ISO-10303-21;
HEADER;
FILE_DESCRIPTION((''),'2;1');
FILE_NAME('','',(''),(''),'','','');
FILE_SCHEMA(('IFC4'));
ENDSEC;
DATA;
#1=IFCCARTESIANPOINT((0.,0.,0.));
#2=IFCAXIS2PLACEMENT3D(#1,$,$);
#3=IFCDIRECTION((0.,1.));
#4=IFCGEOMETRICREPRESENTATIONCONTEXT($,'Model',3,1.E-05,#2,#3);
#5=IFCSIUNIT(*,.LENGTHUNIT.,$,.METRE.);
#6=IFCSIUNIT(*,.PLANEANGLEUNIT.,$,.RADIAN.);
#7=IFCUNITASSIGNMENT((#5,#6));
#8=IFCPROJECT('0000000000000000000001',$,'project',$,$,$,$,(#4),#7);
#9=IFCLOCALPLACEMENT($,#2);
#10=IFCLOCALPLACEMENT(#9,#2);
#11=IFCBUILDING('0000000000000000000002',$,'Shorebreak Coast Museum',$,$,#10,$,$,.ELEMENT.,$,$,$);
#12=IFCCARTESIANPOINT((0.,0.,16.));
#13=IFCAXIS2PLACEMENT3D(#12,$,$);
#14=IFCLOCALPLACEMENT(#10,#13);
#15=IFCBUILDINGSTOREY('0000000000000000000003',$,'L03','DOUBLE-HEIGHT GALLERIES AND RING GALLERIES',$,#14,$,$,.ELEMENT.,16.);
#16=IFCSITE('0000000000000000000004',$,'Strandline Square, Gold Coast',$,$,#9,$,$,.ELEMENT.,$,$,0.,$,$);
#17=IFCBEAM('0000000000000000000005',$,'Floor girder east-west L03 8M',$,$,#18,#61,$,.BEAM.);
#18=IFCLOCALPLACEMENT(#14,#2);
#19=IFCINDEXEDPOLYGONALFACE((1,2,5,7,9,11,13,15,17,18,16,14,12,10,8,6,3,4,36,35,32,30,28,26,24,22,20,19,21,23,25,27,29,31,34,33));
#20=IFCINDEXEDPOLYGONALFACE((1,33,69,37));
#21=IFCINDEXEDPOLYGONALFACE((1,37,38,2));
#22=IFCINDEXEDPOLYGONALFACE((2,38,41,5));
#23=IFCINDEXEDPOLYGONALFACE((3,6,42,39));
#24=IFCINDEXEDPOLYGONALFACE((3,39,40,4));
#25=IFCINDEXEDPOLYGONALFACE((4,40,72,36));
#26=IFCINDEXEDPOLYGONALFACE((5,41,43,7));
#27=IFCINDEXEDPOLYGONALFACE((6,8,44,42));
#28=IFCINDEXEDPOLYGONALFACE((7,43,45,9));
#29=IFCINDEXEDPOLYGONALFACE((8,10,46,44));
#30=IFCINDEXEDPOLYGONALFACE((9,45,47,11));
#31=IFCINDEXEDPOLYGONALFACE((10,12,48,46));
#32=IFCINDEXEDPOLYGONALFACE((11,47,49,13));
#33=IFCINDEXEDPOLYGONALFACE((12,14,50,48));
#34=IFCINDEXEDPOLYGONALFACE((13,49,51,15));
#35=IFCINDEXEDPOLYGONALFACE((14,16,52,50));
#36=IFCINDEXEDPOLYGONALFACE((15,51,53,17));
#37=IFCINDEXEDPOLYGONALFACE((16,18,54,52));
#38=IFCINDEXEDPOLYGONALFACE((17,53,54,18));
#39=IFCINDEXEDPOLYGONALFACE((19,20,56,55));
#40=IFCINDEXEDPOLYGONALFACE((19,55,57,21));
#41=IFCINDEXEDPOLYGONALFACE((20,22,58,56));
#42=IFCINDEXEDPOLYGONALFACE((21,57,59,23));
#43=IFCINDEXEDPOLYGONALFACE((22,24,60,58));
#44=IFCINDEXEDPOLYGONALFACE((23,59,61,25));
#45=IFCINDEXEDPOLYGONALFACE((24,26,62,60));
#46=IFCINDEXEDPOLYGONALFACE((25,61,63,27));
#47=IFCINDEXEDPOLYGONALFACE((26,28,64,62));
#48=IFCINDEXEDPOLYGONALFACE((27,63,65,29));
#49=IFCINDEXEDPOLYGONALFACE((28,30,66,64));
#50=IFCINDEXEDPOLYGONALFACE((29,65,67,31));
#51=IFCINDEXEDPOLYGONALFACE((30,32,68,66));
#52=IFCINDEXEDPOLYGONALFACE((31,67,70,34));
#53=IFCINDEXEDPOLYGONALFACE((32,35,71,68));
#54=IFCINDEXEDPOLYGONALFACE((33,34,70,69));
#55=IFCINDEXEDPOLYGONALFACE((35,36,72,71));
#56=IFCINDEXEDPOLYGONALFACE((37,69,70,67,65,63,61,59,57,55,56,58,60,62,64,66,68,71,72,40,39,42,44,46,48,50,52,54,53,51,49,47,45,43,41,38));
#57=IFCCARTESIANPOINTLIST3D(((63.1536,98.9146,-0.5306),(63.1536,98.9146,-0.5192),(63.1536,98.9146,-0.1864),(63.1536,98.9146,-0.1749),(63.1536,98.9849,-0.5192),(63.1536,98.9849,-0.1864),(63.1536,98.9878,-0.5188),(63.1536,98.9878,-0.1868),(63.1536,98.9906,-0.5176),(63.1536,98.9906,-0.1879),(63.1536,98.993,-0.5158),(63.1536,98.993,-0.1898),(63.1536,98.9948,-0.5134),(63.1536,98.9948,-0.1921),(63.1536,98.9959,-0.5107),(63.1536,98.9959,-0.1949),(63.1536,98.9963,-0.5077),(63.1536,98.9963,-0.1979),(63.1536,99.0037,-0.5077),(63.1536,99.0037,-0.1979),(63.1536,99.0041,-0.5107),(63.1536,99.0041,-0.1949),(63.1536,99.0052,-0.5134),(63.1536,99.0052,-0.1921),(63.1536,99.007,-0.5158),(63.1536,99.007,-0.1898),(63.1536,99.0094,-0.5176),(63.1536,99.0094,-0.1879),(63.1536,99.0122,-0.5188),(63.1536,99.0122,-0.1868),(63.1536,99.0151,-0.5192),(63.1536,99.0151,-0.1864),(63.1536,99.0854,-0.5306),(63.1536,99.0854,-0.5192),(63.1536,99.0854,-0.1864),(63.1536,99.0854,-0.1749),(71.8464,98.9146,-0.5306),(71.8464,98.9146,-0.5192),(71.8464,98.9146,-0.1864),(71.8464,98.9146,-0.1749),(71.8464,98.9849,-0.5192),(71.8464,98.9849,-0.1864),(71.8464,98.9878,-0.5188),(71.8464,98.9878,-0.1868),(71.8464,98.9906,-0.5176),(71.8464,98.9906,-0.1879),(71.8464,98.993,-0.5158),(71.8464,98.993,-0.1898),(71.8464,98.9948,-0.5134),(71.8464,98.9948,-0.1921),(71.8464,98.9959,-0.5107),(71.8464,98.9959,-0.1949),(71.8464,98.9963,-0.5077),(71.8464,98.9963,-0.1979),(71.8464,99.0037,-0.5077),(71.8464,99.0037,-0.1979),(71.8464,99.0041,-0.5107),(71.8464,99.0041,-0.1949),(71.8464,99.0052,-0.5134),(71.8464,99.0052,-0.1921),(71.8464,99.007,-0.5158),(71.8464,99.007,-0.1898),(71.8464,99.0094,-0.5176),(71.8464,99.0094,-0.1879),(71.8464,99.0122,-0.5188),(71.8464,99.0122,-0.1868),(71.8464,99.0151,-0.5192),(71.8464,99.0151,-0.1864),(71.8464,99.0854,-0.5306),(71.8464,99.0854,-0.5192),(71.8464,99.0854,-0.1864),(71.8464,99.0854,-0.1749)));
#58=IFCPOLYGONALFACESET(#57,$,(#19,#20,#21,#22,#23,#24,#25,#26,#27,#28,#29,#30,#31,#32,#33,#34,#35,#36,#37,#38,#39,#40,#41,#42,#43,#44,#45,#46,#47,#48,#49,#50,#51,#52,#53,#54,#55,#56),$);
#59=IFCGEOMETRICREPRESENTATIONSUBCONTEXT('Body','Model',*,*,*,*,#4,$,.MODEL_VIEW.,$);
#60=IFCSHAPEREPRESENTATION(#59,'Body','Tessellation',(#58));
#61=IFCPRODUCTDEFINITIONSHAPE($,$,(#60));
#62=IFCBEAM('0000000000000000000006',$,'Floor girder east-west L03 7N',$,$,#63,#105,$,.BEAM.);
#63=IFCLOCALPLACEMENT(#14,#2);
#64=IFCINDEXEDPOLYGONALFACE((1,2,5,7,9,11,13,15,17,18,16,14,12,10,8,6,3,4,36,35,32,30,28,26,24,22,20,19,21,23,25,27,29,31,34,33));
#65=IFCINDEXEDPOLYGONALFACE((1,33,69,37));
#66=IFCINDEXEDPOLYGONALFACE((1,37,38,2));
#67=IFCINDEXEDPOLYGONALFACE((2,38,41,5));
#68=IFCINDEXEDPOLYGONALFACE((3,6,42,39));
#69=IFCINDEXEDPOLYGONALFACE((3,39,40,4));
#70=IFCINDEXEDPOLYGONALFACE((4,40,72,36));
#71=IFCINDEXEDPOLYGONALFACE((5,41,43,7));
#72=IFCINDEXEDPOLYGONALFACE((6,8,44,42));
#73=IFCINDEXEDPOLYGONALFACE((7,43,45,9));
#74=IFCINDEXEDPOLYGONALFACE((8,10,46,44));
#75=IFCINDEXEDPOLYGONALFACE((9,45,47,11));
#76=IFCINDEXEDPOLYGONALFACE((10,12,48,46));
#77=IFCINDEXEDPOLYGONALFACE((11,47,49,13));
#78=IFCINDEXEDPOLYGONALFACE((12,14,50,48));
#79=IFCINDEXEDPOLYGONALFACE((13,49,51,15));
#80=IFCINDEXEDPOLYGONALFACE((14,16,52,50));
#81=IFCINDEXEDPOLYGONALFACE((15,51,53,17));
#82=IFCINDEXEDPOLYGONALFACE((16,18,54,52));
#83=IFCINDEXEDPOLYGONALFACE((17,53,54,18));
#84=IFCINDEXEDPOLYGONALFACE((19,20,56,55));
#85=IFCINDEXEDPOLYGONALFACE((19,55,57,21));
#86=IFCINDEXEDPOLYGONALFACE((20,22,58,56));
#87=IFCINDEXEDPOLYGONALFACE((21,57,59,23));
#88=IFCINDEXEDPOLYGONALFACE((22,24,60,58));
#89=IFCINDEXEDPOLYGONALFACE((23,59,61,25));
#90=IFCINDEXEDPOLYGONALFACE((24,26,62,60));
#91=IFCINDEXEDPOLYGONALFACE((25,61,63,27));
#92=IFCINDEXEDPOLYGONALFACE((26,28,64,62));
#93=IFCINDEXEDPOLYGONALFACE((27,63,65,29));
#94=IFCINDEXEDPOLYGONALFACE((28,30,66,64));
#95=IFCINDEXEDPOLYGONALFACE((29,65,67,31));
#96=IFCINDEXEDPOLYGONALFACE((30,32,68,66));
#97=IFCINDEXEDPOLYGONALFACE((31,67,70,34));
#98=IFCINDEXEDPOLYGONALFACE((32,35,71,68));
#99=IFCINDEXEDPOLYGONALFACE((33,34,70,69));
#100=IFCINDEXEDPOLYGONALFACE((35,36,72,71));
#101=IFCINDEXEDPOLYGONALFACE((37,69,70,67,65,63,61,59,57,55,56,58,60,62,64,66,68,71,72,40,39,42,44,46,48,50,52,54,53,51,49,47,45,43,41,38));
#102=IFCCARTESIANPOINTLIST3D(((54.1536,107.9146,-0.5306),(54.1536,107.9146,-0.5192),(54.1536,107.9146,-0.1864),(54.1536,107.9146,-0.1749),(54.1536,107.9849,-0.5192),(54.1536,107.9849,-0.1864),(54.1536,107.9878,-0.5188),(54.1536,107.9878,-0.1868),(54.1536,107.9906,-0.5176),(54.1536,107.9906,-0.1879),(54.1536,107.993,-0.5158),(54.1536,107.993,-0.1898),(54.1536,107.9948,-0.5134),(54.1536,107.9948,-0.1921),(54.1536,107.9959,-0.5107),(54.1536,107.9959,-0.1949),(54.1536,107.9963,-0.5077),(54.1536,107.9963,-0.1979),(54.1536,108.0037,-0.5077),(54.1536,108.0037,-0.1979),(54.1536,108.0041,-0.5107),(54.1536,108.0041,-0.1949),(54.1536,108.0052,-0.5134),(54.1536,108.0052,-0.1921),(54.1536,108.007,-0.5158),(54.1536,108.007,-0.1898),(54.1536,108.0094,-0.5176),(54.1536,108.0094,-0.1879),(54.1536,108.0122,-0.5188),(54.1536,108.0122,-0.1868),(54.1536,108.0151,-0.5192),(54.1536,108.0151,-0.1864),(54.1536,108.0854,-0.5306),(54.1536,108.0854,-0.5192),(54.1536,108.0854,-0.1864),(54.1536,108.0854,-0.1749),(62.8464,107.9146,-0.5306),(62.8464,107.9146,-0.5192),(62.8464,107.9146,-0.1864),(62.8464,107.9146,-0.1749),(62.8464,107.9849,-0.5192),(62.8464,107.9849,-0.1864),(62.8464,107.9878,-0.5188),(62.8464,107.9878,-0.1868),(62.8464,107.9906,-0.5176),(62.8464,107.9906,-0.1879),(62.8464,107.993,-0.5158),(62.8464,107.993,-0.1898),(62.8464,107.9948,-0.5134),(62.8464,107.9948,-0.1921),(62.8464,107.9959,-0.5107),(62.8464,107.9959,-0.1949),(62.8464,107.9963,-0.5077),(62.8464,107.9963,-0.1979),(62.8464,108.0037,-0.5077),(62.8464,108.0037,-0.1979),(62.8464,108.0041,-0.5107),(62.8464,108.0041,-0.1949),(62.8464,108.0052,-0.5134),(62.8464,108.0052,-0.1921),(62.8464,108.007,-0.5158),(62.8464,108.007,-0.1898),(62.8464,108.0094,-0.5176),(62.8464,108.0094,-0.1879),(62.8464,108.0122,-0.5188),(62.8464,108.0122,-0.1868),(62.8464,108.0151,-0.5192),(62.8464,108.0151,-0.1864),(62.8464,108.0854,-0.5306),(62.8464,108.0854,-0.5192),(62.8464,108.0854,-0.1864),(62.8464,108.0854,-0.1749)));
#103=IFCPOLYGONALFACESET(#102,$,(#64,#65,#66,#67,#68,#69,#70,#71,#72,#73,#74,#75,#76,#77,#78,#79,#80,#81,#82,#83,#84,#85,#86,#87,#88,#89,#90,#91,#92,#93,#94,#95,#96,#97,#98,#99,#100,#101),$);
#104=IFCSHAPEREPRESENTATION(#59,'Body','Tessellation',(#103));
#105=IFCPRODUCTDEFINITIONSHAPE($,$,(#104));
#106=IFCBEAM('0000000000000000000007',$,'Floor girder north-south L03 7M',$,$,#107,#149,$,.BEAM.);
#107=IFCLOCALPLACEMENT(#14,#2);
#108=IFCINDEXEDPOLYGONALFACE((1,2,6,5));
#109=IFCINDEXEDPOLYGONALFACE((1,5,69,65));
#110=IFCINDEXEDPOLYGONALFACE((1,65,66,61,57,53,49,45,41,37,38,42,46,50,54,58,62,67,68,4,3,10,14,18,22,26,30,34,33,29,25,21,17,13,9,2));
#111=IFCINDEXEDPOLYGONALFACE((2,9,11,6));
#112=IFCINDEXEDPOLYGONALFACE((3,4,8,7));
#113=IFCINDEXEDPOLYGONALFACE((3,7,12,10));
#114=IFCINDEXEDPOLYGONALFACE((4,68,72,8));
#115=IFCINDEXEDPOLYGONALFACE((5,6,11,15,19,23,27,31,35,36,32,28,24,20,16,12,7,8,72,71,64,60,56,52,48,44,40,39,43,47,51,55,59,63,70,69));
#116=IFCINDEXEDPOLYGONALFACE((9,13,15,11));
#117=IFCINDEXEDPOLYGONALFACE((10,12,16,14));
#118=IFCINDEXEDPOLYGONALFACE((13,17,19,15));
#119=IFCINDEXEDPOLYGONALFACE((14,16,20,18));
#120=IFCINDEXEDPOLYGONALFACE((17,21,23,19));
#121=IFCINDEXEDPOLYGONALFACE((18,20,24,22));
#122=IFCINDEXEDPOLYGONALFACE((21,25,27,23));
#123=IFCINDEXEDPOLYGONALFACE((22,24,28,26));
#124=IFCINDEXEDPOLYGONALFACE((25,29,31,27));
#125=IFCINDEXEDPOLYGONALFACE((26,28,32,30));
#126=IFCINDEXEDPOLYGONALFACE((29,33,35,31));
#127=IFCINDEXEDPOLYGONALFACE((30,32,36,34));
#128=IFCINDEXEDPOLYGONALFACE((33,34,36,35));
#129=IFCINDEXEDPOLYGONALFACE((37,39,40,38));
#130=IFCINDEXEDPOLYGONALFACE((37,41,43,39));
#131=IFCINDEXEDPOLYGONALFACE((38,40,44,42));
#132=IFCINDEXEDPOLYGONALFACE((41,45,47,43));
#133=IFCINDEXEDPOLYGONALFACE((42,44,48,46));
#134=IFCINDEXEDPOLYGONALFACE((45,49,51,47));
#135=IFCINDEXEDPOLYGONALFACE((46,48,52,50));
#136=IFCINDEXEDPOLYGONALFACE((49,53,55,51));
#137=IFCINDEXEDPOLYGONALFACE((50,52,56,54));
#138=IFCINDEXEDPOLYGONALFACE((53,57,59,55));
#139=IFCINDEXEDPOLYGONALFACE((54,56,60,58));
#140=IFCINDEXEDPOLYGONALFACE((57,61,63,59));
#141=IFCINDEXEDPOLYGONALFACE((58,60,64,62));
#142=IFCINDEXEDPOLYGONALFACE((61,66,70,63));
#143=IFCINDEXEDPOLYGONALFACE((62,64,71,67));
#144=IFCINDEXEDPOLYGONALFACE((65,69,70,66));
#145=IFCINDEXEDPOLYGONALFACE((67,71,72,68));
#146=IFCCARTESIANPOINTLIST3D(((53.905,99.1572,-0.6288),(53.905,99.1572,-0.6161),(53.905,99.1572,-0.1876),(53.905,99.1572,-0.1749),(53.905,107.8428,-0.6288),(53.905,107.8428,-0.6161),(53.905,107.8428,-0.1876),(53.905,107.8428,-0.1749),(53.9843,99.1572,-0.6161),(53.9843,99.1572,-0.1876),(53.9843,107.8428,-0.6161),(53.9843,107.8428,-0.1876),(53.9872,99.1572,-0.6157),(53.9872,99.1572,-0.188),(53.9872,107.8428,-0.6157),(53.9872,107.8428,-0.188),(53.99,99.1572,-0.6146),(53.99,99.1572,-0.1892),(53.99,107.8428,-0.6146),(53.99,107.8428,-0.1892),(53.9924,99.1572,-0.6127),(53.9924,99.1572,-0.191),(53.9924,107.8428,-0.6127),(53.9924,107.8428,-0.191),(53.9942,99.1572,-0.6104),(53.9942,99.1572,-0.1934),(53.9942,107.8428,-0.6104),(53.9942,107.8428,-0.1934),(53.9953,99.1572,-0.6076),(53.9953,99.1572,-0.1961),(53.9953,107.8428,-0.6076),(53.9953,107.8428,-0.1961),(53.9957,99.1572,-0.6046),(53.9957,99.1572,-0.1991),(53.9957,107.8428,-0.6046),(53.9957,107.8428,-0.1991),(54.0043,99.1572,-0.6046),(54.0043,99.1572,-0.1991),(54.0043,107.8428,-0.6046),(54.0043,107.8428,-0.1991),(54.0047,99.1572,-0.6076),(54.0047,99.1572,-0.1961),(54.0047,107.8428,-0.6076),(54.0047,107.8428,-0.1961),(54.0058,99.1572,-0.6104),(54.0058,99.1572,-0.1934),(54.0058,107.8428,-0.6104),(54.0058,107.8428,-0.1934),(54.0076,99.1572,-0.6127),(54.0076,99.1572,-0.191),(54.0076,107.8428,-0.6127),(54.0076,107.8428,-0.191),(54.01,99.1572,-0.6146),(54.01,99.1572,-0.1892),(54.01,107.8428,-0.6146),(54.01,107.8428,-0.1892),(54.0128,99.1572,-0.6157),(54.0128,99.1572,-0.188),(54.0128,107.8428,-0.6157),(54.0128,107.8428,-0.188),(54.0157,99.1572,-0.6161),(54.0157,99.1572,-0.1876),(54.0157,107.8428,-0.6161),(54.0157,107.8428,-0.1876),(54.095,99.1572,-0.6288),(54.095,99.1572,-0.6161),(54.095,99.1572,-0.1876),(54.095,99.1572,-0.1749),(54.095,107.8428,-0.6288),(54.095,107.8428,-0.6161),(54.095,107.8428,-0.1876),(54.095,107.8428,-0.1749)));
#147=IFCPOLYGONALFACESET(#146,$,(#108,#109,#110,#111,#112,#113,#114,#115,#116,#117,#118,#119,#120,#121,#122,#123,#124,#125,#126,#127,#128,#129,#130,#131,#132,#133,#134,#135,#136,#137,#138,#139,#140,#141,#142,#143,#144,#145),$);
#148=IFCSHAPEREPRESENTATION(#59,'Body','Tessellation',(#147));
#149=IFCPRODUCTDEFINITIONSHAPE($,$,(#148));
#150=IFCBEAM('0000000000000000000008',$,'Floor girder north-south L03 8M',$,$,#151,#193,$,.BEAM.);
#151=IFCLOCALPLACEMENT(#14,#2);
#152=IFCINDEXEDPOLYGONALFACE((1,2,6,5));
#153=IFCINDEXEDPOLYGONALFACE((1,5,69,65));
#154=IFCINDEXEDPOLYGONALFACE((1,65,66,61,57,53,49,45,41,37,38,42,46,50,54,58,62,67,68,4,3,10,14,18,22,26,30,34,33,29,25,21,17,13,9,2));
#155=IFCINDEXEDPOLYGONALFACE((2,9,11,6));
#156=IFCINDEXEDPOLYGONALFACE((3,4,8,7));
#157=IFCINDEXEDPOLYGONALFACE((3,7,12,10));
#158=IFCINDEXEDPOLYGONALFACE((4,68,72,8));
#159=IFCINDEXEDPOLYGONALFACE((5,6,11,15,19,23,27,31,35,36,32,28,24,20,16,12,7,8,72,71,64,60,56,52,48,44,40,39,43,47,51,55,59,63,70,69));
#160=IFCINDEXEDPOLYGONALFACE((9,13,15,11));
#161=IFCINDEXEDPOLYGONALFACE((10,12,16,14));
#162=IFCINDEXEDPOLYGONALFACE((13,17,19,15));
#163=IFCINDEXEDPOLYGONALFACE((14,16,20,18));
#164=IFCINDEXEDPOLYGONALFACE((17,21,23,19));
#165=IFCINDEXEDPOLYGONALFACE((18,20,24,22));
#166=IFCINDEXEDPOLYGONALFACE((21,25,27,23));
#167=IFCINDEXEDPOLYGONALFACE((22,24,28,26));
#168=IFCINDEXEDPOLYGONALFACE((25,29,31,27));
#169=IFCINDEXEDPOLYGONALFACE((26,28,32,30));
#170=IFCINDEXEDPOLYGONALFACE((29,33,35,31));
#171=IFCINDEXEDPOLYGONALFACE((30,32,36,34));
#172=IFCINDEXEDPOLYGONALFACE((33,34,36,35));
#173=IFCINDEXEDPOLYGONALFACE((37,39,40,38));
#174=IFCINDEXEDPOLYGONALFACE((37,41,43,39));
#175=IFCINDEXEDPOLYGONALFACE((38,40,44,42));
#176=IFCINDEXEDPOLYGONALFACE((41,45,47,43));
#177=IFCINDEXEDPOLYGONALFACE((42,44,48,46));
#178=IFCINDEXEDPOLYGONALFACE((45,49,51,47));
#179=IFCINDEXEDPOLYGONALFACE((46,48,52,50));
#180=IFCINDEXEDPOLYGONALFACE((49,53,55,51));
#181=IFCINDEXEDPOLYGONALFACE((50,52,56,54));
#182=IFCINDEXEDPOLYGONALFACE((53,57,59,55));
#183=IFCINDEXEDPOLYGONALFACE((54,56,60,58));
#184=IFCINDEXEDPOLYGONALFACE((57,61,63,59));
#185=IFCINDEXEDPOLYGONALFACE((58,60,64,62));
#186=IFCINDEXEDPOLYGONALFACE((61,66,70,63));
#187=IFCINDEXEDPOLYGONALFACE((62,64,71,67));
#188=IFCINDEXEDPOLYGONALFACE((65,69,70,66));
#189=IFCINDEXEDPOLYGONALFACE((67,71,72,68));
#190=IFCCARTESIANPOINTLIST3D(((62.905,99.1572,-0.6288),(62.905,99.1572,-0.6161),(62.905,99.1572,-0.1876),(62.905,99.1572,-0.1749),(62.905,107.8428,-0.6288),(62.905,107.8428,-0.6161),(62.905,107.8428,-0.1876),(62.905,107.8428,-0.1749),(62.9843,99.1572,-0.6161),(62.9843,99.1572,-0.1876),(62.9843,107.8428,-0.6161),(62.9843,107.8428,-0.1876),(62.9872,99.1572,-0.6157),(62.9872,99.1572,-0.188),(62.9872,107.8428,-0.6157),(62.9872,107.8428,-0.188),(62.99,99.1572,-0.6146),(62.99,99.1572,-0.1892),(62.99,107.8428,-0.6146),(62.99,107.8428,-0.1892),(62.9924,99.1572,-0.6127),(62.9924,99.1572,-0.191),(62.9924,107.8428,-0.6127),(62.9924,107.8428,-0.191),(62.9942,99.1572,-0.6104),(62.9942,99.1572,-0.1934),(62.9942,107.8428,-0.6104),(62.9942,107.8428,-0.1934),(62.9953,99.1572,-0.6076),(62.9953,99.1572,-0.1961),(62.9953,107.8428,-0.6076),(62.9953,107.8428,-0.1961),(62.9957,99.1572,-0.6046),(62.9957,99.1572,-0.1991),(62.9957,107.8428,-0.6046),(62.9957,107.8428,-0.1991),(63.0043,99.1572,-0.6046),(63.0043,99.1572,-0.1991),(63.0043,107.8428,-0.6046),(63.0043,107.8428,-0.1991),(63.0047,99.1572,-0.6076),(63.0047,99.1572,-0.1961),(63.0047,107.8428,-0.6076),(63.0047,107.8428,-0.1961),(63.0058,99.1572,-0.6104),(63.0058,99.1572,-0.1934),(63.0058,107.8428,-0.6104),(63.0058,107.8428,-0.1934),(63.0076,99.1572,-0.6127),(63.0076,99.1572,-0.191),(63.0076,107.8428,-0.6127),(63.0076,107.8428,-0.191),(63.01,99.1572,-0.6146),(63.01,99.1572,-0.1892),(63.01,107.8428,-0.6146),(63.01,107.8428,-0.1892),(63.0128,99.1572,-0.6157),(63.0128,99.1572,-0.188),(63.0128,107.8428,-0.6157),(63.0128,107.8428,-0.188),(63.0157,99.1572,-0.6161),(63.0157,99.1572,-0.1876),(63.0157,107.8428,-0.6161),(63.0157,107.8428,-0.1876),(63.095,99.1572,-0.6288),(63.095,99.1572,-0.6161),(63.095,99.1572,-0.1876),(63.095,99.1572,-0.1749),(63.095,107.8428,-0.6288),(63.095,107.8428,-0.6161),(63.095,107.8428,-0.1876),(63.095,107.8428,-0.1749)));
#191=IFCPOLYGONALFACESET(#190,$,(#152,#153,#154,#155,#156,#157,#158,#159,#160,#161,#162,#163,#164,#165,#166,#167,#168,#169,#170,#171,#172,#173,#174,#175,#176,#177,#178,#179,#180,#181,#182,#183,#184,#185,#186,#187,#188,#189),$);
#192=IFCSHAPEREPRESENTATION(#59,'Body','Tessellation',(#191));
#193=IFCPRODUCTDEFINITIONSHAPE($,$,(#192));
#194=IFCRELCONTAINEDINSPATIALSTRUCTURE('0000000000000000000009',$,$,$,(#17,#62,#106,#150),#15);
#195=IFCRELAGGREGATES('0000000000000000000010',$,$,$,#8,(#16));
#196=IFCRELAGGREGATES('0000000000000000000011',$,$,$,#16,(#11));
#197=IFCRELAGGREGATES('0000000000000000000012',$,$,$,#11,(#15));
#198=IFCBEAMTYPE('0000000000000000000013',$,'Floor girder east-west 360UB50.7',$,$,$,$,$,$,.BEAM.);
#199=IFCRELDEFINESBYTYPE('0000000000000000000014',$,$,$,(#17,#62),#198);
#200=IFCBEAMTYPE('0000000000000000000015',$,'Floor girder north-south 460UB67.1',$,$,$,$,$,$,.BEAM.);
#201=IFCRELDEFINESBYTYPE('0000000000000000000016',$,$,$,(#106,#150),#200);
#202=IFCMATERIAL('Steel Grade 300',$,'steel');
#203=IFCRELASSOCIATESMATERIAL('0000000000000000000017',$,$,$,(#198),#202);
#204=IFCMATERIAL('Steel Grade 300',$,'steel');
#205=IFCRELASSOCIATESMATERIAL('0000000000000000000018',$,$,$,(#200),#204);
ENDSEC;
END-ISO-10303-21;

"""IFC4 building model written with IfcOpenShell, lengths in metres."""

from ifc_helpers import new_model, si_unit, direction, frame, origin, origin_2d, place, context, subcontext, project, spatial, i_section, extrude, material, material_profile, profile_set, type_object, element, save


model = new_model("IFC4")

# Units and contexts
model_context = context("Model", 3, precision=1e-05, world=origin(), true_north=direction((0.0, 1.0)))
body_context = subcontext(model_context, "Body", "Model", "MODEL_VIEW")
ifc_project = project(units=[si_unit("LENGTHUNIT", "METRE"), si_unit("PLANEANGLEUNIT", "RADIAN")], contexts=[model_context])

# Site, building, storey
site_placement = place(None, origin())
site = spatial("IfcSite", under=ifc_project, at=site_placement, Name="Strandline Square, Gold Coast", CompositionType="ELEMENT", RefElevation=0.0)
building_placement = place(site_placement, origin())
building = spatial("IfcBuilding", under=site, at=building_placement, Name="Shorebreak Coast Museum", CompositionType="ELEMENT")
storey_placement = place(building_placement, frame((0.0, 0.0, 16.0)))
storey = spatial("IfcBuildingStorey", under=building, at=storey_placement, Name="L03", Description="DOUBLE-HEIGHT GALLERIES AND RING GALLERIES", CompositionType="ELEMENT", Elevation=16.0)

# Beams
ifc_material_1 = material(Name="Steel Grade 300", Category="steel")
ifc_material_profile_1 = material_profile(ifc_material_1, i_section(OverallWidth=0.1709, OverallDepth=0.3557, WebThickness=0.0073, FlangeThickness=0.0115, FilletRadius=0.0115, at=origin_2d()), Name="360UB50.7")
ifc_profile_set_1 = profile_set([ifc_material_profile_1], Name="Steel Grade 300")
beam_type_1 = type_object("IfcBeamType", Name="Floor girder east-west 360UB50.7", PredefinedType="BEAM", material=ifc_profile_set_1)
for number, where, z_axis, x_axis, name in (
    (1, (63.1536, 99.0, -0.3528), (1.0, 0.0, 0.0), (0.0, 1.0, 0.0), "Floor girder east-west L03 8M"),
    (2, (54.1536, 108.0, -0.3528), (1.0, 0.0, 0.0), (0.0, 1.0, 0.0), "Floor girder east-west L03 7N"),
):
    element("IfcBeam", number, at=place(storey_placement, frame(where, z_axis=z_axis, x_axis=x_axis)), inside=storey, type_object=beam_type_1, Name=name, PredefinedType="BEAM", context=body_context, shape_type="SweptSolid", body=[
        extrude(i_section(OverallWidth=0.1709, OverallDepth=0.3557, WebThickness=0.0073, FlangeThickness=0.0115, FilletRadius=0.0115, at=origin_2d()), origin(), (0.0, 0.0, 1.0), 8.6929),
    ])
ifc_material_2 = material(Name="Steel Grade 300", Category="steel")
ifc_material_profile_2 = material_profile(ifc_material_2, i_section(OverallWidth=0.1899, OverallDepth=0.4539, WebThickness=0.0085, FlangeThickness=0.0127, FilletRadius=0.0115, at=origin_2d()), Name="460UB67.1")
ifc_profile_set_2 = profile_set([ifc_material_profile_2], Name="Steel Grade 300")
beam_type_2 = type_object("IfcBeamType", Name="Floor girder north-south 460UB67.1", PredefinedType="BEAM", material=ifc_profile_set_2)
for number, where, z_axis, x_axis, name in (
    (3, (54.0, 99.1572, -0.4019), (0.0, 1.0, 0.0), (-1.0, 0.0, 0.0), "Floor girder north-south L03 7M"),
    (4, (63.0, 99.1572, -0.4019), (0.0, 1.0, 0.0), (-1.0, 0.0, 0.0), "Floor girder north-south L03 8M"),
):
    element("IfcBeam", number, at=place(storey_placement, frame(where, z_axis=z_axis, x_axis=x_axis)), inside=storey, type_object=beam_type_2, Name=name, PredefinedType="BEAM", context=body_context, shape_type="SweptSolid", body=[
        extrude(i_section(OverallWidth=0.1899, OverallDepth=0.4539, WebThickness=0.0085, FlangeThickness=0.0127, FilletRadius=0.0115, at=origin_2d()), origin(), (0.0, 0.0, 1.0), 8.6855),
    ])

save(model, "model.ifc")
